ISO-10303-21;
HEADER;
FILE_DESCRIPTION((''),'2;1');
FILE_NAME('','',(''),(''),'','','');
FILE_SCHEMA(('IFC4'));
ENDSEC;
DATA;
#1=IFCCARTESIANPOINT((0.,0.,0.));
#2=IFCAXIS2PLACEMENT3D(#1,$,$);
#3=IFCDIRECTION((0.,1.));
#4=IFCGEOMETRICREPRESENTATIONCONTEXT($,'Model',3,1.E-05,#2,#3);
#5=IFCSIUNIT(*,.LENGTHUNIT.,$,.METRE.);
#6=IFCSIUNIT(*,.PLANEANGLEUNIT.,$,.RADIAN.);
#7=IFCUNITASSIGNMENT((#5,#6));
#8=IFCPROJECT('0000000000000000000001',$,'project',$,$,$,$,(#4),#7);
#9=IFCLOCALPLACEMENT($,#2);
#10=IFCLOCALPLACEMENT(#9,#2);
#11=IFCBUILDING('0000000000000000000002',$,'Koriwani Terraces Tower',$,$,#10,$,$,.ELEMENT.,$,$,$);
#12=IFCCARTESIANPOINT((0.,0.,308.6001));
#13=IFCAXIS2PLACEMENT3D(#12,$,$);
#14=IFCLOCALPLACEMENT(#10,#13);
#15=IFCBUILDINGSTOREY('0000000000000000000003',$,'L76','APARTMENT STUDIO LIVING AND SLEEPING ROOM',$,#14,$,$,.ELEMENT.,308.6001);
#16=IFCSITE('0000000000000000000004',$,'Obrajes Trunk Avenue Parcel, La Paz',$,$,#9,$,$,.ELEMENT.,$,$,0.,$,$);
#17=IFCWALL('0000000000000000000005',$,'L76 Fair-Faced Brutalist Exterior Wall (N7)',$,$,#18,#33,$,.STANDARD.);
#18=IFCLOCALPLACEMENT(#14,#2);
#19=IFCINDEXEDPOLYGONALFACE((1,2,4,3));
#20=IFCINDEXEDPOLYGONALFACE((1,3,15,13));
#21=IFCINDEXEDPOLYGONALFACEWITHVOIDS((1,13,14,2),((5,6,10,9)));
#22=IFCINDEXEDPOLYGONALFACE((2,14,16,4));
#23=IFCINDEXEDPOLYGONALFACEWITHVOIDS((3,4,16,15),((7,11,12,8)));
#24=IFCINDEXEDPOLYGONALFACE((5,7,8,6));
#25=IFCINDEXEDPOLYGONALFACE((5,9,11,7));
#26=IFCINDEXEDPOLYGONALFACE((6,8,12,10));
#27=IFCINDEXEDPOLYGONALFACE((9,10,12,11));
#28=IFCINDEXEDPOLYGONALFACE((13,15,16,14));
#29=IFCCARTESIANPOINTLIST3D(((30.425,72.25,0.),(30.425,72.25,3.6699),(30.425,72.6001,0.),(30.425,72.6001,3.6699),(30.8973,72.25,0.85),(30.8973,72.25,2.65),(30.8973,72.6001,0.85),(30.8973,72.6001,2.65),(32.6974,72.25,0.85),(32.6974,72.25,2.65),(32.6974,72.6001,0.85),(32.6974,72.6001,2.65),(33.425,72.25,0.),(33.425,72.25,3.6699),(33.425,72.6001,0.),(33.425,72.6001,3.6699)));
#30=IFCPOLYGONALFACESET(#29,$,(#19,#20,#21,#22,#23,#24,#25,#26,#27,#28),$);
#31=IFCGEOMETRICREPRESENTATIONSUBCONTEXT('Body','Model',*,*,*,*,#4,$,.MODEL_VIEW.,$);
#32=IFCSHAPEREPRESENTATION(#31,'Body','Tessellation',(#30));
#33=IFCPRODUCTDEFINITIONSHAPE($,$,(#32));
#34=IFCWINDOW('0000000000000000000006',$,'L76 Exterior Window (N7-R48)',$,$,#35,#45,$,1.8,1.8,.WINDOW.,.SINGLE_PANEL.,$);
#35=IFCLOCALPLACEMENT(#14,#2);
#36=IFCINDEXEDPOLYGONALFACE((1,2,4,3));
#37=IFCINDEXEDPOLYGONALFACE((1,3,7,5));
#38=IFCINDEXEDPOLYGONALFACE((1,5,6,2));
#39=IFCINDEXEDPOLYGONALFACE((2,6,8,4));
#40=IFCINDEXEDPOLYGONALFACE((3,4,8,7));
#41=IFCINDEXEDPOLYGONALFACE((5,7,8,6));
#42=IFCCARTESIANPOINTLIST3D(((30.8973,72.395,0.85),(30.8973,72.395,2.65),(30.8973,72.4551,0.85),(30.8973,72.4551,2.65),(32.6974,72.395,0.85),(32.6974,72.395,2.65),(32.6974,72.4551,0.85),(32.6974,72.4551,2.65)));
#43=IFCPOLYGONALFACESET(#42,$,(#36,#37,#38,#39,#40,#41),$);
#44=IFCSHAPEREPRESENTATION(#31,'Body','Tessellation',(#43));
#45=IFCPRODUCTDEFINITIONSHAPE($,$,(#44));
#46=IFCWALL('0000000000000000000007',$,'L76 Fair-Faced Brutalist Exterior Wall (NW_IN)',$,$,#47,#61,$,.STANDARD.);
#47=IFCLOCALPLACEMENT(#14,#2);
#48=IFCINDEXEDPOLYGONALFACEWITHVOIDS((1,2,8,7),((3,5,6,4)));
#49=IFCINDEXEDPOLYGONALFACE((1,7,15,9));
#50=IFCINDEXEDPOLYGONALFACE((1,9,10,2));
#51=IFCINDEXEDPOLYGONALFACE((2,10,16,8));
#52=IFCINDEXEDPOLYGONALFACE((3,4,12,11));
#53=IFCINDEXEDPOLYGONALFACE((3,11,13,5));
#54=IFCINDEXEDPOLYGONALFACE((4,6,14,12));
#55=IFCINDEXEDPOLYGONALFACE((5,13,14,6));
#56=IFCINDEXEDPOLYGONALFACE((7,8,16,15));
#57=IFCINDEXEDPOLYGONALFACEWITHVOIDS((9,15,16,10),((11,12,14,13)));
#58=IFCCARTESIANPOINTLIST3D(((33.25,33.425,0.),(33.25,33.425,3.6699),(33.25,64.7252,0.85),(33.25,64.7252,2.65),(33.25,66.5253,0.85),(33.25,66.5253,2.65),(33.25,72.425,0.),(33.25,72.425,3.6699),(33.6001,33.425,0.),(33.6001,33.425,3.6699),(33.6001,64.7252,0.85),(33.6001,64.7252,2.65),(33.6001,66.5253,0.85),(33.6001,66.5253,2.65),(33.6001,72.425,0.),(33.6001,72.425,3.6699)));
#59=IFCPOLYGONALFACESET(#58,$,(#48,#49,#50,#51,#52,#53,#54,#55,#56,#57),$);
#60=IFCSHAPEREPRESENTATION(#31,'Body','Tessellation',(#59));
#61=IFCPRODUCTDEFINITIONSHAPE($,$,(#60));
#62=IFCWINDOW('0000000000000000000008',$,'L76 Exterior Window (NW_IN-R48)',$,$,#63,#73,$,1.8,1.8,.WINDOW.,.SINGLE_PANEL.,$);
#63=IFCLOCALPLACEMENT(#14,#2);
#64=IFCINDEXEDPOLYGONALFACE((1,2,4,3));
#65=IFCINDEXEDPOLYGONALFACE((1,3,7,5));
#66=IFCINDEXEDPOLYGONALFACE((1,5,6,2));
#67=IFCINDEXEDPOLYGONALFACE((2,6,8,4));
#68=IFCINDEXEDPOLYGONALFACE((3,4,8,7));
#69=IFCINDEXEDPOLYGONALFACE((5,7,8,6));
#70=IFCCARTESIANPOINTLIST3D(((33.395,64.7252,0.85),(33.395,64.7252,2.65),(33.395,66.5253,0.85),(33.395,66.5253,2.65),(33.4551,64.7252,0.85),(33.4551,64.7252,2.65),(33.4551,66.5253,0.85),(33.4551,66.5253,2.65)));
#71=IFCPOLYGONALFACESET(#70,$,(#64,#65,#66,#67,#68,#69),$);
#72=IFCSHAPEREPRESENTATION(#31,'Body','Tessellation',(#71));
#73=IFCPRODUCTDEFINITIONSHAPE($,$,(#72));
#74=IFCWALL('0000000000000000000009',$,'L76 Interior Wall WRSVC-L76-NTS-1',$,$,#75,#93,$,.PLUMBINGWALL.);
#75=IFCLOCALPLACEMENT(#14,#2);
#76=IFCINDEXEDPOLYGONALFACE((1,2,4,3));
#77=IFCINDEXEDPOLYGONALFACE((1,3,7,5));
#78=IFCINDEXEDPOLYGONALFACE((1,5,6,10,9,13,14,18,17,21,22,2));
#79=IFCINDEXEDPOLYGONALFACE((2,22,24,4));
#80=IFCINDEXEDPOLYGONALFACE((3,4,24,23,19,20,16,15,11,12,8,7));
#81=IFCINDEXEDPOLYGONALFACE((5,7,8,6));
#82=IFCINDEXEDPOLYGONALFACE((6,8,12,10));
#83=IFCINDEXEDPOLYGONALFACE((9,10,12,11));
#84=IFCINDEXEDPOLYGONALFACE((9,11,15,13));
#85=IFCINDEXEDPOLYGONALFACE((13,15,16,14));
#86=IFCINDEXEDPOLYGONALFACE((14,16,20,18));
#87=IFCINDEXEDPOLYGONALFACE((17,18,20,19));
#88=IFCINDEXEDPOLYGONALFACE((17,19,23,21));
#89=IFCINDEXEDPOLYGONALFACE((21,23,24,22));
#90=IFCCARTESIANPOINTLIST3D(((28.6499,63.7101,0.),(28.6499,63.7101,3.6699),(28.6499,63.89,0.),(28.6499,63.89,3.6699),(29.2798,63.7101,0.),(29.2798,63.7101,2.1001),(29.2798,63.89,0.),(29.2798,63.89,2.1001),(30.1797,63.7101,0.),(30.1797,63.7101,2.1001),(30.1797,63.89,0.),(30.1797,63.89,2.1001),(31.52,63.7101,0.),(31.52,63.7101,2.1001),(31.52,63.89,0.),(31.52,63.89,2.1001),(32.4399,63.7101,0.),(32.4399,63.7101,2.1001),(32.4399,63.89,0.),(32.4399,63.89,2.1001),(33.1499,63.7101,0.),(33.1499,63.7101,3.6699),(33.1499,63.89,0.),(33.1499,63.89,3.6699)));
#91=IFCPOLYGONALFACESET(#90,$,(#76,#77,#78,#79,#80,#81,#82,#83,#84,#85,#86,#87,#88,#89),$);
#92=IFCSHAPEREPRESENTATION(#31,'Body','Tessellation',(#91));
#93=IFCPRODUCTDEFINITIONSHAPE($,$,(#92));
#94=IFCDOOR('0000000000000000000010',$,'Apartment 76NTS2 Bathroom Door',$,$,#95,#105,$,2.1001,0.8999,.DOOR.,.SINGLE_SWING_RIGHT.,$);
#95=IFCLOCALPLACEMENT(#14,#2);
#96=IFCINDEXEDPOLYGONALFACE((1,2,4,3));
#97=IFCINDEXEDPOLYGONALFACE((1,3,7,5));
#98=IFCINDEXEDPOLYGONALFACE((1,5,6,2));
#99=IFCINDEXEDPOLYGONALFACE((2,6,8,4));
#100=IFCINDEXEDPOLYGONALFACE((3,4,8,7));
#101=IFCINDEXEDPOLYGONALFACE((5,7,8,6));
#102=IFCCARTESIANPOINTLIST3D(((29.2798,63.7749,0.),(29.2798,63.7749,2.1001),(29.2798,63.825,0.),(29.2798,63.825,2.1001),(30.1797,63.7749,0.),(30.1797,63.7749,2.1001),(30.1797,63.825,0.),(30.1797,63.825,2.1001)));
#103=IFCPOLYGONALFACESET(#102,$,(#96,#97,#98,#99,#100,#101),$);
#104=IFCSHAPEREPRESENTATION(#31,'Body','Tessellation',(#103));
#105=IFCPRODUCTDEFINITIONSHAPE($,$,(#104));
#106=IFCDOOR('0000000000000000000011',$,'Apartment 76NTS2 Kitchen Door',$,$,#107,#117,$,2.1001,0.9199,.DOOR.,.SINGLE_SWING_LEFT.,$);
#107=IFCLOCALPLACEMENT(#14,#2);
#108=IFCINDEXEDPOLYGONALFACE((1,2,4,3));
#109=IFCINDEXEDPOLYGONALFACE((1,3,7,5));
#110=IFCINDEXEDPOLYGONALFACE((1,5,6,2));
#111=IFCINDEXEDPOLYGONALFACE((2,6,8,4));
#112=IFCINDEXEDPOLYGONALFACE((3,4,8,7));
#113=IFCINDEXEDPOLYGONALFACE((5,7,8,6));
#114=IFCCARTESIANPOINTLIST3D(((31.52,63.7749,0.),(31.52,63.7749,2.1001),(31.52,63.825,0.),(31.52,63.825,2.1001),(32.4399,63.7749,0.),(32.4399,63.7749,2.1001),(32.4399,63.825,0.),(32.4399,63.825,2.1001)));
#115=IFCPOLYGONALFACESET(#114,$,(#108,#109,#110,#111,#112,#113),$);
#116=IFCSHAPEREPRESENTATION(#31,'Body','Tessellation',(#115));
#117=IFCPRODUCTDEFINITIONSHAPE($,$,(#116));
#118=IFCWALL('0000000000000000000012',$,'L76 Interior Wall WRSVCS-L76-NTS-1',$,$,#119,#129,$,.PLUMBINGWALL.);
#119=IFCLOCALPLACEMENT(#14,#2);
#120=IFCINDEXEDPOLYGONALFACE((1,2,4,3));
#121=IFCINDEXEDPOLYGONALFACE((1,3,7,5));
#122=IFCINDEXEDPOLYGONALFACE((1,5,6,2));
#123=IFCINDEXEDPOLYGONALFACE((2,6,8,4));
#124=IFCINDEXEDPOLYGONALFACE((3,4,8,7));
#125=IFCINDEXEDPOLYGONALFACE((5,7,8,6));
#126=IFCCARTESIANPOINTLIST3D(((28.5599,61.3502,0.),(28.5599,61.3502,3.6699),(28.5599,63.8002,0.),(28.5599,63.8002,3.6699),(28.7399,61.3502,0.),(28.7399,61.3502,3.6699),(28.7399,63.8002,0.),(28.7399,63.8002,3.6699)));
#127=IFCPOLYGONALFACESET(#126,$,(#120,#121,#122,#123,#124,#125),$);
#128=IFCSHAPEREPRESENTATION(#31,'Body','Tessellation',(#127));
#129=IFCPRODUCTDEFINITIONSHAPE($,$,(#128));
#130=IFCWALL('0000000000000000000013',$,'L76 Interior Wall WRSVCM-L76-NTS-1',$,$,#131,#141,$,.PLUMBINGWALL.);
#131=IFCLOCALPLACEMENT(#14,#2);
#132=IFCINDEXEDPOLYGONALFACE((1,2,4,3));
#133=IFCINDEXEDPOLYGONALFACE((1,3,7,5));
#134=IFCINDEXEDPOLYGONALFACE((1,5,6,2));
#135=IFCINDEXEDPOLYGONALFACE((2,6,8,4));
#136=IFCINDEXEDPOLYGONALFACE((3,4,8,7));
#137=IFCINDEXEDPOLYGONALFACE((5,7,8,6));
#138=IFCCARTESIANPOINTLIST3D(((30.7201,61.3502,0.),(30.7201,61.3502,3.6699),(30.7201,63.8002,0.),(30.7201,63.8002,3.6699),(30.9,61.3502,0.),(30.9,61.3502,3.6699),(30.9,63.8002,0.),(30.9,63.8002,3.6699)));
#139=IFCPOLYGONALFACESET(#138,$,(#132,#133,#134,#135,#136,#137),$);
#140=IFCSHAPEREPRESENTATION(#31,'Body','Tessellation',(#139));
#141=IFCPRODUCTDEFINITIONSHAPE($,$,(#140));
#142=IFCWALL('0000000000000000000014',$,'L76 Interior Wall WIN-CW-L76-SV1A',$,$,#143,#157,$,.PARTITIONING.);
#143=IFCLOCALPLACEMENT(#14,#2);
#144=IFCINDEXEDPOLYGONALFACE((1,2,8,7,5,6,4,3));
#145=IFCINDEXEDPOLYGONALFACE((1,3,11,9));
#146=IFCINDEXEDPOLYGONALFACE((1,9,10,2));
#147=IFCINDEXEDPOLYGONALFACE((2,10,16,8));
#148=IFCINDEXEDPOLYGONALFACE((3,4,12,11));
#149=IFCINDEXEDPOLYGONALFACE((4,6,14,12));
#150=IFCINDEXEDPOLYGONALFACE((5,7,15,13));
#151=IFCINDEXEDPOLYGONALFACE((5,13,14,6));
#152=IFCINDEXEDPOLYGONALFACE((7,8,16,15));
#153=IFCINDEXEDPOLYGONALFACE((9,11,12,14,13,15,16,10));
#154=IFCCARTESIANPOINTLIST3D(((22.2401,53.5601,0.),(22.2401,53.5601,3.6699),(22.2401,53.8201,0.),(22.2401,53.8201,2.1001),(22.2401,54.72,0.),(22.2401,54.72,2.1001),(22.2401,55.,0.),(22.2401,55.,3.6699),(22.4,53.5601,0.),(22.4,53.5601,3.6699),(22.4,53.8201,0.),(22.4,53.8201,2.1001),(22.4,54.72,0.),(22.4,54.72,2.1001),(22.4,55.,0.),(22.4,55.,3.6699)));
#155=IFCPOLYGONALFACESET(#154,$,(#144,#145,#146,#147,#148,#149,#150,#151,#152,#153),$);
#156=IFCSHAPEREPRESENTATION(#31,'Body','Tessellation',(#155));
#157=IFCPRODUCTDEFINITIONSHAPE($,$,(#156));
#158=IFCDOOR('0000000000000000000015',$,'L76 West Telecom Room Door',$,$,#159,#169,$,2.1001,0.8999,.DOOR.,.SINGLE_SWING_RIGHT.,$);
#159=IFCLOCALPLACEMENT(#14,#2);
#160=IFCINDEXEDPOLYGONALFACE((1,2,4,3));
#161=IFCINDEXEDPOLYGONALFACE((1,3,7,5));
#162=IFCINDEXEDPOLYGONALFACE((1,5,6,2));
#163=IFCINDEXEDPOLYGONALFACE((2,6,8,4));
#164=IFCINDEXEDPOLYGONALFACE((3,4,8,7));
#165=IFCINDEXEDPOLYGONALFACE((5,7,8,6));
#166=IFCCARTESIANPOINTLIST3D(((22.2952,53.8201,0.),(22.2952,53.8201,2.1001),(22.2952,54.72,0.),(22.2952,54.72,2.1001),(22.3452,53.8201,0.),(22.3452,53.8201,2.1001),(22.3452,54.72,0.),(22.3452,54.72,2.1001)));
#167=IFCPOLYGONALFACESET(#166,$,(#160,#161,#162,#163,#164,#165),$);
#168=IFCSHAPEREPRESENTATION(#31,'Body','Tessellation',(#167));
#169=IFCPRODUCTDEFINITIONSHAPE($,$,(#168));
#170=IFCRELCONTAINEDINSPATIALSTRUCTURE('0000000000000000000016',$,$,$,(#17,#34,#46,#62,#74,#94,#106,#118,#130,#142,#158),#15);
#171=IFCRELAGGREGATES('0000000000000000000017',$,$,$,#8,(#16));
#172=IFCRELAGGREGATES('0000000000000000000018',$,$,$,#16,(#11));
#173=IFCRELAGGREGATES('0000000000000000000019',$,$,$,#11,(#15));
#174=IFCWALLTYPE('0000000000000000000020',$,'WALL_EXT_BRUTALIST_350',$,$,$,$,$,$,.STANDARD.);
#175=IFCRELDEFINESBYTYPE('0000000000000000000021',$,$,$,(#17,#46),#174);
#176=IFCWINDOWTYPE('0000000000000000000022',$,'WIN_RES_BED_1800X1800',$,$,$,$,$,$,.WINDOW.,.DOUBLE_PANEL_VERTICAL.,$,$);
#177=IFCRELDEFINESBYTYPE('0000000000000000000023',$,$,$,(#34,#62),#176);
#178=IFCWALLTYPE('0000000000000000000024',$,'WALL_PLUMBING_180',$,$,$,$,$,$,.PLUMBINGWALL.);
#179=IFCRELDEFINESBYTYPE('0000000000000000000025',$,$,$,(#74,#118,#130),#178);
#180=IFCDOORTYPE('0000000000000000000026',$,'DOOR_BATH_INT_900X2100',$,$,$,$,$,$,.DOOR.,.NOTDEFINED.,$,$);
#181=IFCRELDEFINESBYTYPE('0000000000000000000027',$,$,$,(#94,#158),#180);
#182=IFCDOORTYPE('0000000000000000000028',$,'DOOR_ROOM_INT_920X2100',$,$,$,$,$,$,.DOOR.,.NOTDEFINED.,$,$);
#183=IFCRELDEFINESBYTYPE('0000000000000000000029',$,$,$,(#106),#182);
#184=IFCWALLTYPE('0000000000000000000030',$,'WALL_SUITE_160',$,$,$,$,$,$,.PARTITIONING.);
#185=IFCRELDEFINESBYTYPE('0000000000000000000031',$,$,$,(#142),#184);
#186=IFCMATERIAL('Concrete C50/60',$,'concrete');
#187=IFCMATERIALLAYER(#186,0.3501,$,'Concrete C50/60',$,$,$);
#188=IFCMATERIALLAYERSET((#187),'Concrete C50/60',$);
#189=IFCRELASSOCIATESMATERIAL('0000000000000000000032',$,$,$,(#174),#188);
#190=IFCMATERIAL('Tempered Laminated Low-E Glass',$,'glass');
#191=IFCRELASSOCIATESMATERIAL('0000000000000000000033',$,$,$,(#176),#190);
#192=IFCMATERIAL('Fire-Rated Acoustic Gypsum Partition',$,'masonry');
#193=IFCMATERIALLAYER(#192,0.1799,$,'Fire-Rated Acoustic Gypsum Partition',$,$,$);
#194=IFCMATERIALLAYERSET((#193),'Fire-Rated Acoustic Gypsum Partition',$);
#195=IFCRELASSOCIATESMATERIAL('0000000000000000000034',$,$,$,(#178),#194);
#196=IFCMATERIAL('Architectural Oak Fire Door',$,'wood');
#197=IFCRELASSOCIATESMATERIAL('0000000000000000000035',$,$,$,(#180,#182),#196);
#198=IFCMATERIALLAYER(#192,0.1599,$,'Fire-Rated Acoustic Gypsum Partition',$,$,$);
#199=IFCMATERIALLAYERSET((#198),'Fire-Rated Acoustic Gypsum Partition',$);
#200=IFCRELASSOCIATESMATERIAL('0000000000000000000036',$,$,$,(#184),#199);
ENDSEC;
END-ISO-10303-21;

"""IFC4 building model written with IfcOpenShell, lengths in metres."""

from ifc_helpers import new_model, si_unit, direction, frame, frame_2d, origin, place, context, subcontext, project, spatial, rectangle, extrude, material, layer, layer_set, type_object, element, fill, save


model = new_model("IFC4")

# Units and contexts
model_context = context("Model", 3, precision=1e-05, world=origin(), true_north=direction((0.0, 1.0)))
body_context = subcontext(model_context, "Body", "Model", "MODEL_VIEW")
ifc_project = project(units=[si_unit("LENGTHUNIT", "METRE"), si_unit("PLANEANGLEUNIT", "RADIAN")], contexts=[model_context])

# Site, building, storey
site_placement = place(None, origin())
site = spatial("IfcSite", under=ifc_project, at=site_placement, Name="Obrajes Trunk Avenue Parcel, La Paz", CompositionType="ELEMENT", RefElevation=0.0)
building_placement = place(site_placement, origin())
building = spatial("IfcBuilding", under=site, at=building_placement, Name="Koriwani Terraces Tower", CompositionType="ELEMENT")
storey_placement = place(building_placement, frame((0.0, 0.0, 308.6001)))
storey = spatial("IfcBuildingStorey", under=building, at=storey_placement, Name="L76", Description="APARTMENT STUDIO LIVING AND SLEEPING ROOM", CompositionType="ELEMENT", Elevation=308.6001)

# Shared definitions
ifc_material_1 = material(Name="Concrete C50/60", Category="concrete")

# Shared definitions
ifc_layer_1 = layer(ifc_material_1, 0.3501, Name="Concrete C50/60")
ifc_layer_set_1 = layer_set([ifc_layer_1], Name="Concrete C50/60")
wall_type_1 = type_object("IfcWallType", Name="WALL_EXT_BRUTALIST_350", PredefinedType="STANDARD", material=ifc_layer_set_1)

# Walls, openings, windows
wall_1_placement = place(storey_placement, frame((30.425, 72.425, 0.0), z_axis=(0.0, 0.0, 1.0), x_axis=(1.0, 0.0, 0.0)))
wall_1 = element("IfcWall", 1, at=wall_1_placement, inside=storey, type_object=wall_type_1, Name="L76 Fair-Faced Brutalist Exterior Wall (N7)", PredefinedType="STANDARD", context=body_context, shape_type="SweptSolid", body=[
    extrude(rectangle(XDim=3.0, YDim=0.3501, at=frame_2d((1.5, 0.0))), origin(), (0.0, 0.0, 1.0), 3.6699),
])
opening_1_placement = place(wall_1_placement, frame((0.4724, 0.0, 0.8501)))
opening_1 = element("IfcOpeningElement", 2, at=opening_1_placement, cuts=wall_1, PredefinedType="OPENING", context=body_context, shape_type="SweptSolid", body=[
    extrude(rectangle(XDim=1.8, YDim=1.8, at=frame_2d((0.8999, 0.8999))), frame((0.0, 0.1851, 0.0), z_axis=(0.0, -1.0, 0.0), x_axis=(1.0, 0.0, 0.0)), (0.0, 0.0, 1.0), 0.3701),
])
ifc_material_2 = material(Name="Tempered Laminated Low-E Glass", Category="glass")
window_type = type_object("IfcWindowType", Name="WIN_RES_BED_1800X1800", PartitioningType="DOUBLE_PANEL_VERTICAL", PredefinedType="WINDOW", material=ifc_material_2)
window_1_placement = place(opening_1_placement, origin())
window_1 = element("IfcWindow", 3, at=window_1_placement, inside=storey, type_object=window_type, Name="L76 Exterior Window (N7-R48)", OverallHeight=1.8, OverallWidth=1.8, PartitioningType="SINGLE_PANEL", PredefinedType="WINDOW", context=body_context, shape_type="SweptSolid", body=[
    extrude(rectangle(XDim=1.8, YDim=1.8, at=frame_2d((0.8999, 0.8999))), frame((0.0, 0.03, 0.0), z_axis=(0.0, -1.0, 0.0), x_axis=(1.0, 0.0, 0.0)), (0.0, 0.0, 1.0), 0.0601),
])
fill(opening_1, window_1)
wall_2_placement = place(storey_placement, frame((33.425, 72.425, 0.0), z_axis=(0.0, 0.0, 1.0), x_axis=(0.0, -1.0, 0.0)))
wall_2 = element("IfcWall", 4, at=wall_2_placement, inside=storey, type_object=wall_type_1, Name="L76 Fair-Faced Brutalist Exterior Wall (NW_IN)", PredefinedType="STANDARD", context=body_context, shape_type="SweptSolid", body=[
    extrude(rectangle(XDim=39.0, YDim=0.3501, at=frame_2d((19.5, 0.0))), origin(), (0.0, 0.0, 1.0), 3.6699),
])
opening_2_placement = place(wall_2_placement, frame((5.8999, 0.0, 0.8501)))
opening_2 = element("IfcOpeningElement", 5, at=opening_2_placement, cuts=wall_2, PredefinedType="OPENING", context=body_context, shape_type="SweptSolid", body=[
    extrude(rectangle(XDim=1.8, YDim=1.8, at=frame_2d((0.8999, 0.8999))), frame((0.0, 0.1851, 0.0), z_axis=(0.0, -1.0, 0.0), x_axis=(1.0, 0.0, 0.0)), (0.0, 0.0, 1.0), 0.3701),
])
window_2_placement = place(opening_2_placement, origin())
window_2 = element("IfcWindow", 6, at=window_2_placement, inside=storey, type_object=window_type, Name="L76 Exterior Window (NW_IN-R48)", OverallHeight=1.8, OverallWidth=1.8, PartitioningType="SINGLE_PANEL", PredefinedType="WINDOW", context=body_context, shape_type="SweptSolid", body=[
    extrude(rectangle(XDim=1.8, YDim=1.8, at=frame_2d((0.8999, 0.8999))), frame((0.0, 0.03, 0.0), z_axis=(0.0, -1.0, 0.0), x_axis=(1.0, 0.0, 0.0)), (0.0, 0.0, 1.0), 0.0601),
])
fill(opening_2, window_2)

# Wall, openings, doors
ifc_material_3 = material(Name="Fire-Rated Acoustic Gypsum Partition", Category="masonry")
ifc_layer_2 = layer(ifc_material_3, 0.1799, Name="Fire-Rated Acoustic Gypsum Partition")
ifc_layer_set_2 = layer_set([ifc_layer_2], Name="Fire-Rated Acoustic Gypsum Partition")
wall_type_2 = type_object("IfcWallType", Name="WALL_PLUMBING_180", PredefinedType="PLUMBINGWALL", material=ifc_layer_set_2)
wall_3_placement = place(storey_placement, frame((28.6499, 63.8, 0.0), z_axis=(0.0, 0.0, 1.0), x_axis=(1.0, 0.0, 0.0)))
wall_3 = element("IfcWall", 7, at=wall_3_placement, inside=storey, type_object=wall_type_2, Name="L76 Interior Wall WRSVC-L76-NTS-1", PredefinedType="PLUMBINGWALL", context=body_context, shape_type="SweptSolid", body=[
    extrude(rectangle(XDim=4.5, YDim=0.1799, at=frame_2d((2.25, 0.0))), origin(), (0.0, 0.0, 1.0), 3.6699),
])
opening_3_placement = place(wall_3_placement, frame((0.6299, 0.0, 0.0)))
opening_3 = element("IfcOpeningElement", 8, at=opening_3_placement, cuts=wall_3, PredefinedType="OPENING", context=body_context, shape_type="SweptSolid", body=[
    extrude(rectangle(XDim=0.8999, YDim=2.1001, at=frame_2d((0.45, 1.05))), frame((0.0, 0.1001, 0.0), z_axis=(0.0, -1.0, 0.0), x_axis=(1.0, 0.0, 0.0)), (0.0, 0.0, 1.0), 0.2),
])
opening_4_placement = place(wall_3_placement, frame((2.8701, 0.0, 0.0)))
opening_4 = element("IfcOpeningElement", 9, at=opening_4_placement, cuts=wall_3, PredefinedType="OPENING", context=body_context, shape_type="SweptSolid", body=[
    extrude(rectangle(XDim=0.9199, YDim=2.1001, at=frame_2d((0.46, 1.05))), frame((0.0, 0.1001, 0.0), z_axis=(0.0, -1.0, 0.0), x_axis=(1.0, 0.0, 0.0)), (0.0, 0.0, 1.0), 0.2),
])
ifc_material_4 = material(Name="Architectural Oak Fire Door", Category="wood")
door_type_1 = type_object("IfcDoorType", Name="DOOR_BATH_INT_900X2100", OperationType="NOTDEFINED", PredefinedType="DOOR", material=ifc_material_4)
door_1_placement = place(opening_3_placement, origin())
door_1 = element("IfcDoor", 10, at=door_1_placement, inside=storey, type_object=door_type_1, Name="Apartment 76NTS2 Bathroom Door", OperationType="SINGLE_SWING_RIGHT", OverallHeight=2.1001, OverallWidth=0.8999, PredefinedType="DOOR", context=body_context, shape_type="SweptSolid", body=[
    extrude(rectangle(XDim=0.8999, YDim=2.1001, at=frame_2d((0.45, 1.05))), frame((0.0, 0.0249, 0.0), z_axis=(0.0, -1.0, 0.0), x_axis=(1.0, 0.0, 0.0)), (0.0, 0.0, 1.0), 0.05),
])
fill(opening_3, door_1)
door_type_2 = type_object("IfcDoorType", Name="DOOR_ROOM_INT_920X2100", OperationType="NOTDEFINED", PredefinedType="DOOR", material=ifc_material_4)
door_2_placement = place(opening_4_placement, origin())
door_2 = element("IfcDoor", 11, at=door_2_placement, inside=storey, type_object=door_type_2, Name="Apartment 76NTS2 Kitchen Door", OperationType="SINGLE_SWING_LEFT", OverallHeight=2.1001, OverallWidth=0.9199, PredefinedType="DOOR", context=body_context, shape_type="SweptSolid", body=[
    extrude(rectangle(XDim=0.9199, YDim=2.1001, at=frame_2d((0.46, 1.05))), frame((0.0, 0.0249, 0.0), z_axis=(0.0, -1.0, 0.0), x_axis=(1.0, 0.0, 0.0)), (0.0, 0.0, 1.0), 0.05),
])
fill(opening_4, door_2)

# Walls
for number, where, z_axis, x_axis, name in (
    (12, (28.6499, 61.3501, 0.0), (0.0, 0.0, 1.0), (0.0, 1.0, 0.0), "L76 Interior Wall WRSVCS-L76-NTS-1"),
    (13, (30.8101, 61.3501, 0.0), (0.0, 0.0, 1.0), (0.0, 1.0, 0.0), "L76 Interior Wall WRSVCM-L76-NTS-1"),
):
    element("IfcWall", number, at=place(storey_placement, frame(where, z_axis=z_axis, x_axis=x_axis)), inside=storey, type_object=wall_type_2, Name=name, PredefinedType="PLUMBINGWALL", context=body_context, shape_type="SweptSolid", body=[
        extrude(rectangle(XDim=2.45, YDim=0.1799, at=frame_2d((1.2251, 0.0))), origin(), (0.0, 0.0, 1.0), 3.6699),
    ])

# Wall, opening, door
ifc_layer_3 = layer(ifc_material_3, 0.1599, Name="Fire-Rated Acoustic Gypsum Partition")
ifc_layer_set_3 = layer_set([ifc_layer_3], Name="Fire-Rated Acoustic Gypsum Partition")
wall_type_3 = type_object("IfcWallType", Name="WALL_SUITE_160", PredefinedType="PARTITIONING", material=ifc_layer_set_3)
wall_4_placement = place(storey_placement, frame((22.3201, 53.5601, 0.0), z_axis=(0.0, 0.0, 1.0), x_axis=(0.0, 1.0, 0.0)))
wall_4 = element("IfcWall", 14, at=wall_4_placement, inside=storey, type_object=wall_type_3, Name="L76 Interior Wall WIN-CW-L76-SV1A", PredefinedType="PARTITIONING", context=body_context, shape_type="SweptSolid", body=[
    extrude(rectangle(XDim=1.4399, YDim=0.1599, at=frame_2d((0.72, 0.0))), origin(), (0.0, 0.0, 1.0), 3.6699),
])
opening_5_placement = place(wall_4_placement, frame((0.26, 0.0, 0.0)))
opening_5 = element("IfcOpeningElement", 15, at=opening_5_placement, cuts=wall_4, PredefinedType="OPENING", context=body_context, shape_type="SweptSolid", body=[
    extrude(rectangle(XDim=0.8999, YDim=2.1001, at=frame_2d((0.45, 1.05))), frame((0.0, 0.0898, 0.0), z_axis=(0.0, -1.0, 0.0), x_axis=(1.0, 0.0, 0.0)), (0.0, 0.0, 1.0), 0.1799),
])
door_3_placement = place(opening_5_placement, origin())
door_3 = element("IfcDoor", 16, at=door_3_placement, inside=storey, type_object=door_type_1, Name="L76 West Telecom Room Door", OperationType="SINGLE_SWING_RIGHT", OverallHeight=2.1001, OverallWidth=0.8999, PredefinedType="DOOR", context=body_context, shape_type="SweptSolid", body=[
    extrude(rectangle(XDim=0.8999, YDim=2.1001, at=frame_2d((0.45, 1.05))), frame((0.0, 0.0249, 0.0), z_axis=(0.0, -1.0, 0.0), x_axis=(1.0, 0.0, 0.0)), (0.0, 0.0, 1.0), 0.05),
])
fill(opening_5, door_3)

save(model, "model.ifc")
